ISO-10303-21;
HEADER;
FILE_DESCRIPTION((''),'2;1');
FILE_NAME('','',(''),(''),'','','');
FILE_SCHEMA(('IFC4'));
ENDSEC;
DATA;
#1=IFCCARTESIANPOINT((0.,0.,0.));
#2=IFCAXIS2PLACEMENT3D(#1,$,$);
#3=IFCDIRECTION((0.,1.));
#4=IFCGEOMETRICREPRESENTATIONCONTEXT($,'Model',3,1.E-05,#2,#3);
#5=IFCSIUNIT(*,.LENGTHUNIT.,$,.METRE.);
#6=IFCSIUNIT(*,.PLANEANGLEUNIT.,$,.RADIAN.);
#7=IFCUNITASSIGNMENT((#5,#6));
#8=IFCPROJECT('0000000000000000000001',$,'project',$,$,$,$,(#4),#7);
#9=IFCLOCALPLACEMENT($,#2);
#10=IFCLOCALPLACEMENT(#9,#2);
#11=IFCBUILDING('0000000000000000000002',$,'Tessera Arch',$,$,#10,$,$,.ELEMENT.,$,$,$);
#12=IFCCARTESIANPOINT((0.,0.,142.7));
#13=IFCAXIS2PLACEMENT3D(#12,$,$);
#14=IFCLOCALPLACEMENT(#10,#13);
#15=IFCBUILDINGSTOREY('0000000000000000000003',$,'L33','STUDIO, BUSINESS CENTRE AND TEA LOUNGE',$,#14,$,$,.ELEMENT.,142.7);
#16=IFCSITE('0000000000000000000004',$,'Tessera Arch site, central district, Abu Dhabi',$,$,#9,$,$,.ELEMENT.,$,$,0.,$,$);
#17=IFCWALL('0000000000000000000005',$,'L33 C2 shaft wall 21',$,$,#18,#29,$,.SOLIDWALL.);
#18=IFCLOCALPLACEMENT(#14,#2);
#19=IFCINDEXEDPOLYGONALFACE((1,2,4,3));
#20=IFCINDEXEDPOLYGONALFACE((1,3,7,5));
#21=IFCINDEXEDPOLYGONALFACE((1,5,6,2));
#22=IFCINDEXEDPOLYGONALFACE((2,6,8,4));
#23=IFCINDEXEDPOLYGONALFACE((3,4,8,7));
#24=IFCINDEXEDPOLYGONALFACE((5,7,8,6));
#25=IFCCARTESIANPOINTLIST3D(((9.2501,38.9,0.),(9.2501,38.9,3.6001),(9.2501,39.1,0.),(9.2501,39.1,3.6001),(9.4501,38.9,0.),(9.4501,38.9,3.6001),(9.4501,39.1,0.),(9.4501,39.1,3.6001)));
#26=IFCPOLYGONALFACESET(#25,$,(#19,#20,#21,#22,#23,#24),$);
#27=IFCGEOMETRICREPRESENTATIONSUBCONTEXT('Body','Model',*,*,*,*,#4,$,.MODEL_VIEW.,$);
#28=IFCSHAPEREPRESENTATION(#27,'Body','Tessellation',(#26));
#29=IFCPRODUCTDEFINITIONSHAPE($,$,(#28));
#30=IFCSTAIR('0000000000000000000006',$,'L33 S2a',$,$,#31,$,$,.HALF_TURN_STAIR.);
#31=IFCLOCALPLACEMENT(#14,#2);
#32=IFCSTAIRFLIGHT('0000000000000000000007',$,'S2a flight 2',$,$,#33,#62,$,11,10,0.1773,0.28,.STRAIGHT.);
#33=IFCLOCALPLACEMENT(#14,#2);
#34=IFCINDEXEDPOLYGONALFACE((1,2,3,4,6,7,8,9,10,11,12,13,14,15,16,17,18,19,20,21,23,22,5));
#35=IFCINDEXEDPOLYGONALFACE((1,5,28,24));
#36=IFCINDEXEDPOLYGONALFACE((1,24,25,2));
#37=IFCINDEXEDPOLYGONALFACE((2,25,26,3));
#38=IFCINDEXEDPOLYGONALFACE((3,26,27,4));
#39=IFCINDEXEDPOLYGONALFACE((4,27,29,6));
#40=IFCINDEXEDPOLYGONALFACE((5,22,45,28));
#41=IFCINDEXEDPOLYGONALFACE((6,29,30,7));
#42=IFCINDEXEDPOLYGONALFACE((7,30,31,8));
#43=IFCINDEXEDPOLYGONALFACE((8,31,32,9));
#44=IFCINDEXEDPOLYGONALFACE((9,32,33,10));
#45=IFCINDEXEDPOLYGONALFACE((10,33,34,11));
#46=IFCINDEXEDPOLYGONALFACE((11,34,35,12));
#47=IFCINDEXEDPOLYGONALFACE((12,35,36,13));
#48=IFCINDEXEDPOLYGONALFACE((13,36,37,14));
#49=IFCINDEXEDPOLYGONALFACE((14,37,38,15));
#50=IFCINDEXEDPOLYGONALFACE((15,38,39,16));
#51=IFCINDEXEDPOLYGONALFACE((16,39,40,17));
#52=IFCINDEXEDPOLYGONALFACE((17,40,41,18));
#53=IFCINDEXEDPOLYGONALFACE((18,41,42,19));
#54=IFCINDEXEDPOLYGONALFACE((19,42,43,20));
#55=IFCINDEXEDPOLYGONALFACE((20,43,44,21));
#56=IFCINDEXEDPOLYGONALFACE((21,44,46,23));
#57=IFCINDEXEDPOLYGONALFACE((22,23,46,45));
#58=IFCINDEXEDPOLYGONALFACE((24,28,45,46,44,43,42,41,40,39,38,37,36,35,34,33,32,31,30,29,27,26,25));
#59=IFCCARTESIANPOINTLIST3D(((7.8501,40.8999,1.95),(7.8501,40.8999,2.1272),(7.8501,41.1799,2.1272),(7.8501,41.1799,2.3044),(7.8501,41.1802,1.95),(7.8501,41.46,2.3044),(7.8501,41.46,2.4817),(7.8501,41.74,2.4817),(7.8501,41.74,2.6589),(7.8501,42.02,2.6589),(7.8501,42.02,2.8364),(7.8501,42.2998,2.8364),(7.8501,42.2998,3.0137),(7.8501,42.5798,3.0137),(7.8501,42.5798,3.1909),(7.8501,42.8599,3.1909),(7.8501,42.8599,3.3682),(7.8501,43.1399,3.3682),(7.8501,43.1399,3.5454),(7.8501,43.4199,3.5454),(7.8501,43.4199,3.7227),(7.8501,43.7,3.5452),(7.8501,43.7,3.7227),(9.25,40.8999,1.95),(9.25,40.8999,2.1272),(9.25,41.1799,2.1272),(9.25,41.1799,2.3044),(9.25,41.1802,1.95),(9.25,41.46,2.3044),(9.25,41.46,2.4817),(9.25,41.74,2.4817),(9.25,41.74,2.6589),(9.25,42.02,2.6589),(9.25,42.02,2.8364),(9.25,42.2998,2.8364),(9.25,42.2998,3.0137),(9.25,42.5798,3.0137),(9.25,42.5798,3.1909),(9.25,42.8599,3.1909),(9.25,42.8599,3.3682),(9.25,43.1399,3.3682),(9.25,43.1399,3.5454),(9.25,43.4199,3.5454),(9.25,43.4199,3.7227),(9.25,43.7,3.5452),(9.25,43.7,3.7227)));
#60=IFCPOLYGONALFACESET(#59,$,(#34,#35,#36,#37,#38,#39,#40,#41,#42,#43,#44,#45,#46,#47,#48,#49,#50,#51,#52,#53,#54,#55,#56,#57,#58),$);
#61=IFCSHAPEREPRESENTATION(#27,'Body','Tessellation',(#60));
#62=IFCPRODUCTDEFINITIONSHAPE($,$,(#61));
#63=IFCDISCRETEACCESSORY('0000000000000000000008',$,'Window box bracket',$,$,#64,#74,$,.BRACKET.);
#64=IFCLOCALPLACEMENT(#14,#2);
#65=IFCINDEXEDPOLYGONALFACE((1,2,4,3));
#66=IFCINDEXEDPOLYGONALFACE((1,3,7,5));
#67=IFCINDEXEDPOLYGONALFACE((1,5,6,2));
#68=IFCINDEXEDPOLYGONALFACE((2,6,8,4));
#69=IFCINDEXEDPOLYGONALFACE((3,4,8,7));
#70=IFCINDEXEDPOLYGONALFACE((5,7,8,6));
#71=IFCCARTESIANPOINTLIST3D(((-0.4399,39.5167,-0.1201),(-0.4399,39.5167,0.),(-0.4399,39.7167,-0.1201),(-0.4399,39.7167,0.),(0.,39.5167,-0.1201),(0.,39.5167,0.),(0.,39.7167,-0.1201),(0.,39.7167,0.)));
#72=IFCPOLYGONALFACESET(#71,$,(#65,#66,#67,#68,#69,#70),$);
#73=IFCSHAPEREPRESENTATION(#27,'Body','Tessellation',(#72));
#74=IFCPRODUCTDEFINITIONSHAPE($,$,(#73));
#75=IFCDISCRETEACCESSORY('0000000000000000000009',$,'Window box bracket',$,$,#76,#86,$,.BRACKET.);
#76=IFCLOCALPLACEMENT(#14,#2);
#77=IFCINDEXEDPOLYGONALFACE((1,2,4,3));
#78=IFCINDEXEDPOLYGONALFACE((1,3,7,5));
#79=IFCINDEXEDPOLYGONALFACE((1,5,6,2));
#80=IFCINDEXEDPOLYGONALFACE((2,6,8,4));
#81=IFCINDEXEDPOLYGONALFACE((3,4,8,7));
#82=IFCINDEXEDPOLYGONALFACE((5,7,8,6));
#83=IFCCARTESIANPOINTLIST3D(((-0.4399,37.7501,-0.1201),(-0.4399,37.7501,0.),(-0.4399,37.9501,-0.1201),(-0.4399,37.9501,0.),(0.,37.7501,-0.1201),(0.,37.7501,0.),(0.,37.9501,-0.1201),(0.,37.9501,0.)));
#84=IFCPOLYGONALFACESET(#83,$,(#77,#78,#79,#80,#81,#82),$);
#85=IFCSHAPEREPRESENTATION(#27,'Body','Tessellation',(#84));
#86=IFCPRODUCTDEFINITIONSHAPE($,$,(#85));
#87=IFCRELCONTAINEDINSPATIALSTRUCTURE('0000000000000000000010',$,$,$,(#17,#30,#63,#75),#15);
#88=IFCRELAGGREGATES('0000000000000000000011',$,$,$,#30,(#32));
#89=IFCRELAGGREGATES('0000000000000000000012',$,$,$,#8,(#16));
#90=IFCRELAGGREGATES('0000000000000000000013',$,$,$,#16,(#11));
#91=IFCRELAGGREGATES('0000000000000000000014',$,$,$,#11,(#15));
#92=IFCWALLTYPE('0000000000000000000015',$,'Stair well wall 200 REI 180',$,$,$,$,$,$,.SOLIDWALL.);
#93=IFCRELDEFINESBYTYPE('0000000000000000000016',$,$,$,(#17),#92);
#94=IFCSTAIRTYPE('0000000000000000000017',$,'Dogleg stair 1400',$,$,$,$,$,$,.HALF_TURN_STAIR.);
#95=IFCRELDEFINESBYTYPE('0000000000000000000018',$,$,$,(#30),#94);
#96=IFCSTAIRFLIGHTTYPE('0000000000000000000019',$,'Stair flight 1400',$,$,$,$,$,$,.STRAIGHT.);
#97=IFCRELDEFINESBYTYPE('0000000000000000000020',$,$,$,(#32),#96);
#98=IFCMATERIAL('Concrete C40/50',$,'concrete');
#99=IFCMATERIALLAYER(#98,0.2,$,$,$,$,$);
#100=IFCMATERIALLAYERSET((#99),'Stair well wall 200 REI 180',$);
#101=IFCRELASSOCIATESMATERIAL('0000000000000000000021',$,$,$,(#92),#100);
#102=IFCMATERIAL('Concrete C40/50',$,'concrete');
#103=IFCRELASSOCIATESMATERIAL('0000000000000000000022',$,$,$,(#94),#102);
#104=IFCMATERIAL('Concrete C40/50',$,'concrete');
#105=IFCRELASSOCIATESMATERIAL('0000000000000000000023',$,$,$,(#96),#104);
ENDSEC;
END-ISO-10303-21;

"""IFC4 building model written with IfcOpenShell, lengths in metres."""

from ifc_helpers import new_model, si_unit, direction, frame, frame_2d, origin, origin_2d, place, context, subcontext, project, spatial, polyline, rectangle, outline, extrude, material, layer, layer_set, type_object, element, aggregate, save


model = new_model("IFC4")

# Units and contexts
model_context = context("Model", 3, precision=1e-05, world=origin(), true_north=direction((0.0, 1.0)))
body_context = subcontext(model_context, "Body", "Model", "MODEL_VIEW")
ifc_project = project(units=[si_unit("LENGTHUNIT", "METRE"), si_unit("PLANEANGLEUNIT", "RADIAN")], contexts=[model_context])

# Site, building, storey
site_placement = place(None, origin())
site = spatial("IfcSite", under=ifc_project, at=site_placement, Name="Tessera Arch site, central district, Abu Dhabi", CompositionType="ELEMENT", RefElevation=0.0)
building_placement = place(site_placement, origin())
building = spatial("IfcBuilding", under=site, at=building_placement, Name="Tessera Arch", CompositionType="ELEMENT")
storey_placement = place(building_placement, frame((0.0, 0.0, 142.7)))
storey = spatial("IfcBuildingStorey", under=building, at=storey_placement, Name="L33", Description="STUDIO, BUSINESS CENTRE AND TEA LOUNGE", CompositionType="ELEMENT", Elevation=142.7)

# Wall
ifc_material_1 = material(Name="Concrete C40/50", Category="concrete")
ifc_layer_1 = layer(ifc_material_1, 0.2)
ifc_layer_set_1 = layer_set([ifc_layer_1], Name="Stair well wall 200 REI 180")
wall_type_1 = type_object("IfcWallType", Name="Stair well wall 200 REI 180", PredefinedType="SOLIDWALL", material=ifc_layer_set_1)
wall_1_placement = place(storey_placement, frame((9.25, 39.0, 0.0), z_axis=(0.0, 0.0, 1.0), x_axis=(1.0, 0.0, 0.0)))
element("IfcWall", 1, at=wall_1_placement, inside=storey, type_object=wall_type_1, Name="L33 C2 shaft wall 21", PredefinedType="SOLIDWALL", context=body_context, shape_type="SweptSolid", body=[
    extrude(rectangle(XDim=0.2, YDim=0.2, at=frame_2d((0.1001, 0.0))), origin(), (0.0, 0.0, 1.0), 3.6001),
])

# Stair, stair flight
ifc_material_2 = material(Name="Concrete C40/50", Category="concrete")
stair_type = type_object("IfcStairType", Name="Dogleg stair 1400", PredefinedType="HALF_TURN_STAIR", material=ifc_material_2)
stair_placement = place(storey_placement, origin())
stair = element("IfcStair", 2, at=stair_placement, inside=storey, type_object=stair_type, Name="L33 S2a", PredefinedType="HALF_TURN_STAIR")
ifc_material_3 = material(Name="Concrete C40/50", Category="concrete")
stair_flight_type = type_object("IfcStairFlightType", Name="Stair flight 1400", PredefinedType="STRAIGHT", material=ifc_material_3)
stair_flight_placement = place(storey_placement, frame((8.55, 40.8999, 1.95), z_axis=(0.0, 0.0, 1.0), x_axis=(0.0, 1.0, 0.0)))
stair_flight = element("IfcStairFlight", 3, at=stair_flight_placement, type_object=stair_flight_type, Name="S2a flight 2", NumberOfRisers=11, NumberOfTreads=10, PredefinedType="STRAIGHT", RiserHeight=0.1773, TreadLength=0.28, context=body_context, shape_type="SweptSolid", body=[
    extrude(outline(polyline([(0.0, 0.0), (0.0, 0.1772), (0.28, 0.1772), (0.28, 0.3545), (0.5601, 0.3545), (0.5601, 0.5317), (0.8401, 0.5317), (0.8401, 0.709), (1.1201, 0.709), (1.1201, 0.8865), (1.3999, 0.8865), (1.3999, 1.0637), (1.6799, 1.0637), (1.6799, 1.241), (1.96, 1.241), (1.96, 1.4182), (2.24, 1.4182), (2.24, 1.5955), (2.52, 1.5955), (2.52, 1.7727), (2.8, 1.7727), (2.8, 1.95), (2.8, 1.5952), (0.2803, 0.0), (0.0, 0.0)])), frame((0.0, 0.7, 0.0), z_axis=(0.0, -1.0, 0.0), x_axis=(1.0, 0.0, 0.0)), (0.0, 0.0, 1.0), 1.3999),
])
aggregate(stair, [stair_flight])

# Discrete accessories
for number, where, z_axis, x_axis, name in (
    (4, (-0.22, 39.6167, -0.1201), (0.0, 0.0, 1.0), (-1.0, 0.0, 0.0), "Window box bracket"),
    (5, (-0.22, 37.8501, -0.1201), (0.0, 0.0, 1.0), (-1.0, 0.0, 0.0), "Window box bracket"),
):
    element("IfcDiscreteAccessory", number, at=place(storey_placement, frame(where, z_axis=z_axis, x_axis=x_axis)), inside=storey, Name=name, PredefinedType="BRACKET", context=body_context, shape_type="SweptSolid", body=[
        extrude(rectangle(XDim=0.4399, YDim=0.2, at=origin_2d()), origin(), (0.0, 0.0, 1.0), 0.1201),
    ])

save(model, "model.ifc")
